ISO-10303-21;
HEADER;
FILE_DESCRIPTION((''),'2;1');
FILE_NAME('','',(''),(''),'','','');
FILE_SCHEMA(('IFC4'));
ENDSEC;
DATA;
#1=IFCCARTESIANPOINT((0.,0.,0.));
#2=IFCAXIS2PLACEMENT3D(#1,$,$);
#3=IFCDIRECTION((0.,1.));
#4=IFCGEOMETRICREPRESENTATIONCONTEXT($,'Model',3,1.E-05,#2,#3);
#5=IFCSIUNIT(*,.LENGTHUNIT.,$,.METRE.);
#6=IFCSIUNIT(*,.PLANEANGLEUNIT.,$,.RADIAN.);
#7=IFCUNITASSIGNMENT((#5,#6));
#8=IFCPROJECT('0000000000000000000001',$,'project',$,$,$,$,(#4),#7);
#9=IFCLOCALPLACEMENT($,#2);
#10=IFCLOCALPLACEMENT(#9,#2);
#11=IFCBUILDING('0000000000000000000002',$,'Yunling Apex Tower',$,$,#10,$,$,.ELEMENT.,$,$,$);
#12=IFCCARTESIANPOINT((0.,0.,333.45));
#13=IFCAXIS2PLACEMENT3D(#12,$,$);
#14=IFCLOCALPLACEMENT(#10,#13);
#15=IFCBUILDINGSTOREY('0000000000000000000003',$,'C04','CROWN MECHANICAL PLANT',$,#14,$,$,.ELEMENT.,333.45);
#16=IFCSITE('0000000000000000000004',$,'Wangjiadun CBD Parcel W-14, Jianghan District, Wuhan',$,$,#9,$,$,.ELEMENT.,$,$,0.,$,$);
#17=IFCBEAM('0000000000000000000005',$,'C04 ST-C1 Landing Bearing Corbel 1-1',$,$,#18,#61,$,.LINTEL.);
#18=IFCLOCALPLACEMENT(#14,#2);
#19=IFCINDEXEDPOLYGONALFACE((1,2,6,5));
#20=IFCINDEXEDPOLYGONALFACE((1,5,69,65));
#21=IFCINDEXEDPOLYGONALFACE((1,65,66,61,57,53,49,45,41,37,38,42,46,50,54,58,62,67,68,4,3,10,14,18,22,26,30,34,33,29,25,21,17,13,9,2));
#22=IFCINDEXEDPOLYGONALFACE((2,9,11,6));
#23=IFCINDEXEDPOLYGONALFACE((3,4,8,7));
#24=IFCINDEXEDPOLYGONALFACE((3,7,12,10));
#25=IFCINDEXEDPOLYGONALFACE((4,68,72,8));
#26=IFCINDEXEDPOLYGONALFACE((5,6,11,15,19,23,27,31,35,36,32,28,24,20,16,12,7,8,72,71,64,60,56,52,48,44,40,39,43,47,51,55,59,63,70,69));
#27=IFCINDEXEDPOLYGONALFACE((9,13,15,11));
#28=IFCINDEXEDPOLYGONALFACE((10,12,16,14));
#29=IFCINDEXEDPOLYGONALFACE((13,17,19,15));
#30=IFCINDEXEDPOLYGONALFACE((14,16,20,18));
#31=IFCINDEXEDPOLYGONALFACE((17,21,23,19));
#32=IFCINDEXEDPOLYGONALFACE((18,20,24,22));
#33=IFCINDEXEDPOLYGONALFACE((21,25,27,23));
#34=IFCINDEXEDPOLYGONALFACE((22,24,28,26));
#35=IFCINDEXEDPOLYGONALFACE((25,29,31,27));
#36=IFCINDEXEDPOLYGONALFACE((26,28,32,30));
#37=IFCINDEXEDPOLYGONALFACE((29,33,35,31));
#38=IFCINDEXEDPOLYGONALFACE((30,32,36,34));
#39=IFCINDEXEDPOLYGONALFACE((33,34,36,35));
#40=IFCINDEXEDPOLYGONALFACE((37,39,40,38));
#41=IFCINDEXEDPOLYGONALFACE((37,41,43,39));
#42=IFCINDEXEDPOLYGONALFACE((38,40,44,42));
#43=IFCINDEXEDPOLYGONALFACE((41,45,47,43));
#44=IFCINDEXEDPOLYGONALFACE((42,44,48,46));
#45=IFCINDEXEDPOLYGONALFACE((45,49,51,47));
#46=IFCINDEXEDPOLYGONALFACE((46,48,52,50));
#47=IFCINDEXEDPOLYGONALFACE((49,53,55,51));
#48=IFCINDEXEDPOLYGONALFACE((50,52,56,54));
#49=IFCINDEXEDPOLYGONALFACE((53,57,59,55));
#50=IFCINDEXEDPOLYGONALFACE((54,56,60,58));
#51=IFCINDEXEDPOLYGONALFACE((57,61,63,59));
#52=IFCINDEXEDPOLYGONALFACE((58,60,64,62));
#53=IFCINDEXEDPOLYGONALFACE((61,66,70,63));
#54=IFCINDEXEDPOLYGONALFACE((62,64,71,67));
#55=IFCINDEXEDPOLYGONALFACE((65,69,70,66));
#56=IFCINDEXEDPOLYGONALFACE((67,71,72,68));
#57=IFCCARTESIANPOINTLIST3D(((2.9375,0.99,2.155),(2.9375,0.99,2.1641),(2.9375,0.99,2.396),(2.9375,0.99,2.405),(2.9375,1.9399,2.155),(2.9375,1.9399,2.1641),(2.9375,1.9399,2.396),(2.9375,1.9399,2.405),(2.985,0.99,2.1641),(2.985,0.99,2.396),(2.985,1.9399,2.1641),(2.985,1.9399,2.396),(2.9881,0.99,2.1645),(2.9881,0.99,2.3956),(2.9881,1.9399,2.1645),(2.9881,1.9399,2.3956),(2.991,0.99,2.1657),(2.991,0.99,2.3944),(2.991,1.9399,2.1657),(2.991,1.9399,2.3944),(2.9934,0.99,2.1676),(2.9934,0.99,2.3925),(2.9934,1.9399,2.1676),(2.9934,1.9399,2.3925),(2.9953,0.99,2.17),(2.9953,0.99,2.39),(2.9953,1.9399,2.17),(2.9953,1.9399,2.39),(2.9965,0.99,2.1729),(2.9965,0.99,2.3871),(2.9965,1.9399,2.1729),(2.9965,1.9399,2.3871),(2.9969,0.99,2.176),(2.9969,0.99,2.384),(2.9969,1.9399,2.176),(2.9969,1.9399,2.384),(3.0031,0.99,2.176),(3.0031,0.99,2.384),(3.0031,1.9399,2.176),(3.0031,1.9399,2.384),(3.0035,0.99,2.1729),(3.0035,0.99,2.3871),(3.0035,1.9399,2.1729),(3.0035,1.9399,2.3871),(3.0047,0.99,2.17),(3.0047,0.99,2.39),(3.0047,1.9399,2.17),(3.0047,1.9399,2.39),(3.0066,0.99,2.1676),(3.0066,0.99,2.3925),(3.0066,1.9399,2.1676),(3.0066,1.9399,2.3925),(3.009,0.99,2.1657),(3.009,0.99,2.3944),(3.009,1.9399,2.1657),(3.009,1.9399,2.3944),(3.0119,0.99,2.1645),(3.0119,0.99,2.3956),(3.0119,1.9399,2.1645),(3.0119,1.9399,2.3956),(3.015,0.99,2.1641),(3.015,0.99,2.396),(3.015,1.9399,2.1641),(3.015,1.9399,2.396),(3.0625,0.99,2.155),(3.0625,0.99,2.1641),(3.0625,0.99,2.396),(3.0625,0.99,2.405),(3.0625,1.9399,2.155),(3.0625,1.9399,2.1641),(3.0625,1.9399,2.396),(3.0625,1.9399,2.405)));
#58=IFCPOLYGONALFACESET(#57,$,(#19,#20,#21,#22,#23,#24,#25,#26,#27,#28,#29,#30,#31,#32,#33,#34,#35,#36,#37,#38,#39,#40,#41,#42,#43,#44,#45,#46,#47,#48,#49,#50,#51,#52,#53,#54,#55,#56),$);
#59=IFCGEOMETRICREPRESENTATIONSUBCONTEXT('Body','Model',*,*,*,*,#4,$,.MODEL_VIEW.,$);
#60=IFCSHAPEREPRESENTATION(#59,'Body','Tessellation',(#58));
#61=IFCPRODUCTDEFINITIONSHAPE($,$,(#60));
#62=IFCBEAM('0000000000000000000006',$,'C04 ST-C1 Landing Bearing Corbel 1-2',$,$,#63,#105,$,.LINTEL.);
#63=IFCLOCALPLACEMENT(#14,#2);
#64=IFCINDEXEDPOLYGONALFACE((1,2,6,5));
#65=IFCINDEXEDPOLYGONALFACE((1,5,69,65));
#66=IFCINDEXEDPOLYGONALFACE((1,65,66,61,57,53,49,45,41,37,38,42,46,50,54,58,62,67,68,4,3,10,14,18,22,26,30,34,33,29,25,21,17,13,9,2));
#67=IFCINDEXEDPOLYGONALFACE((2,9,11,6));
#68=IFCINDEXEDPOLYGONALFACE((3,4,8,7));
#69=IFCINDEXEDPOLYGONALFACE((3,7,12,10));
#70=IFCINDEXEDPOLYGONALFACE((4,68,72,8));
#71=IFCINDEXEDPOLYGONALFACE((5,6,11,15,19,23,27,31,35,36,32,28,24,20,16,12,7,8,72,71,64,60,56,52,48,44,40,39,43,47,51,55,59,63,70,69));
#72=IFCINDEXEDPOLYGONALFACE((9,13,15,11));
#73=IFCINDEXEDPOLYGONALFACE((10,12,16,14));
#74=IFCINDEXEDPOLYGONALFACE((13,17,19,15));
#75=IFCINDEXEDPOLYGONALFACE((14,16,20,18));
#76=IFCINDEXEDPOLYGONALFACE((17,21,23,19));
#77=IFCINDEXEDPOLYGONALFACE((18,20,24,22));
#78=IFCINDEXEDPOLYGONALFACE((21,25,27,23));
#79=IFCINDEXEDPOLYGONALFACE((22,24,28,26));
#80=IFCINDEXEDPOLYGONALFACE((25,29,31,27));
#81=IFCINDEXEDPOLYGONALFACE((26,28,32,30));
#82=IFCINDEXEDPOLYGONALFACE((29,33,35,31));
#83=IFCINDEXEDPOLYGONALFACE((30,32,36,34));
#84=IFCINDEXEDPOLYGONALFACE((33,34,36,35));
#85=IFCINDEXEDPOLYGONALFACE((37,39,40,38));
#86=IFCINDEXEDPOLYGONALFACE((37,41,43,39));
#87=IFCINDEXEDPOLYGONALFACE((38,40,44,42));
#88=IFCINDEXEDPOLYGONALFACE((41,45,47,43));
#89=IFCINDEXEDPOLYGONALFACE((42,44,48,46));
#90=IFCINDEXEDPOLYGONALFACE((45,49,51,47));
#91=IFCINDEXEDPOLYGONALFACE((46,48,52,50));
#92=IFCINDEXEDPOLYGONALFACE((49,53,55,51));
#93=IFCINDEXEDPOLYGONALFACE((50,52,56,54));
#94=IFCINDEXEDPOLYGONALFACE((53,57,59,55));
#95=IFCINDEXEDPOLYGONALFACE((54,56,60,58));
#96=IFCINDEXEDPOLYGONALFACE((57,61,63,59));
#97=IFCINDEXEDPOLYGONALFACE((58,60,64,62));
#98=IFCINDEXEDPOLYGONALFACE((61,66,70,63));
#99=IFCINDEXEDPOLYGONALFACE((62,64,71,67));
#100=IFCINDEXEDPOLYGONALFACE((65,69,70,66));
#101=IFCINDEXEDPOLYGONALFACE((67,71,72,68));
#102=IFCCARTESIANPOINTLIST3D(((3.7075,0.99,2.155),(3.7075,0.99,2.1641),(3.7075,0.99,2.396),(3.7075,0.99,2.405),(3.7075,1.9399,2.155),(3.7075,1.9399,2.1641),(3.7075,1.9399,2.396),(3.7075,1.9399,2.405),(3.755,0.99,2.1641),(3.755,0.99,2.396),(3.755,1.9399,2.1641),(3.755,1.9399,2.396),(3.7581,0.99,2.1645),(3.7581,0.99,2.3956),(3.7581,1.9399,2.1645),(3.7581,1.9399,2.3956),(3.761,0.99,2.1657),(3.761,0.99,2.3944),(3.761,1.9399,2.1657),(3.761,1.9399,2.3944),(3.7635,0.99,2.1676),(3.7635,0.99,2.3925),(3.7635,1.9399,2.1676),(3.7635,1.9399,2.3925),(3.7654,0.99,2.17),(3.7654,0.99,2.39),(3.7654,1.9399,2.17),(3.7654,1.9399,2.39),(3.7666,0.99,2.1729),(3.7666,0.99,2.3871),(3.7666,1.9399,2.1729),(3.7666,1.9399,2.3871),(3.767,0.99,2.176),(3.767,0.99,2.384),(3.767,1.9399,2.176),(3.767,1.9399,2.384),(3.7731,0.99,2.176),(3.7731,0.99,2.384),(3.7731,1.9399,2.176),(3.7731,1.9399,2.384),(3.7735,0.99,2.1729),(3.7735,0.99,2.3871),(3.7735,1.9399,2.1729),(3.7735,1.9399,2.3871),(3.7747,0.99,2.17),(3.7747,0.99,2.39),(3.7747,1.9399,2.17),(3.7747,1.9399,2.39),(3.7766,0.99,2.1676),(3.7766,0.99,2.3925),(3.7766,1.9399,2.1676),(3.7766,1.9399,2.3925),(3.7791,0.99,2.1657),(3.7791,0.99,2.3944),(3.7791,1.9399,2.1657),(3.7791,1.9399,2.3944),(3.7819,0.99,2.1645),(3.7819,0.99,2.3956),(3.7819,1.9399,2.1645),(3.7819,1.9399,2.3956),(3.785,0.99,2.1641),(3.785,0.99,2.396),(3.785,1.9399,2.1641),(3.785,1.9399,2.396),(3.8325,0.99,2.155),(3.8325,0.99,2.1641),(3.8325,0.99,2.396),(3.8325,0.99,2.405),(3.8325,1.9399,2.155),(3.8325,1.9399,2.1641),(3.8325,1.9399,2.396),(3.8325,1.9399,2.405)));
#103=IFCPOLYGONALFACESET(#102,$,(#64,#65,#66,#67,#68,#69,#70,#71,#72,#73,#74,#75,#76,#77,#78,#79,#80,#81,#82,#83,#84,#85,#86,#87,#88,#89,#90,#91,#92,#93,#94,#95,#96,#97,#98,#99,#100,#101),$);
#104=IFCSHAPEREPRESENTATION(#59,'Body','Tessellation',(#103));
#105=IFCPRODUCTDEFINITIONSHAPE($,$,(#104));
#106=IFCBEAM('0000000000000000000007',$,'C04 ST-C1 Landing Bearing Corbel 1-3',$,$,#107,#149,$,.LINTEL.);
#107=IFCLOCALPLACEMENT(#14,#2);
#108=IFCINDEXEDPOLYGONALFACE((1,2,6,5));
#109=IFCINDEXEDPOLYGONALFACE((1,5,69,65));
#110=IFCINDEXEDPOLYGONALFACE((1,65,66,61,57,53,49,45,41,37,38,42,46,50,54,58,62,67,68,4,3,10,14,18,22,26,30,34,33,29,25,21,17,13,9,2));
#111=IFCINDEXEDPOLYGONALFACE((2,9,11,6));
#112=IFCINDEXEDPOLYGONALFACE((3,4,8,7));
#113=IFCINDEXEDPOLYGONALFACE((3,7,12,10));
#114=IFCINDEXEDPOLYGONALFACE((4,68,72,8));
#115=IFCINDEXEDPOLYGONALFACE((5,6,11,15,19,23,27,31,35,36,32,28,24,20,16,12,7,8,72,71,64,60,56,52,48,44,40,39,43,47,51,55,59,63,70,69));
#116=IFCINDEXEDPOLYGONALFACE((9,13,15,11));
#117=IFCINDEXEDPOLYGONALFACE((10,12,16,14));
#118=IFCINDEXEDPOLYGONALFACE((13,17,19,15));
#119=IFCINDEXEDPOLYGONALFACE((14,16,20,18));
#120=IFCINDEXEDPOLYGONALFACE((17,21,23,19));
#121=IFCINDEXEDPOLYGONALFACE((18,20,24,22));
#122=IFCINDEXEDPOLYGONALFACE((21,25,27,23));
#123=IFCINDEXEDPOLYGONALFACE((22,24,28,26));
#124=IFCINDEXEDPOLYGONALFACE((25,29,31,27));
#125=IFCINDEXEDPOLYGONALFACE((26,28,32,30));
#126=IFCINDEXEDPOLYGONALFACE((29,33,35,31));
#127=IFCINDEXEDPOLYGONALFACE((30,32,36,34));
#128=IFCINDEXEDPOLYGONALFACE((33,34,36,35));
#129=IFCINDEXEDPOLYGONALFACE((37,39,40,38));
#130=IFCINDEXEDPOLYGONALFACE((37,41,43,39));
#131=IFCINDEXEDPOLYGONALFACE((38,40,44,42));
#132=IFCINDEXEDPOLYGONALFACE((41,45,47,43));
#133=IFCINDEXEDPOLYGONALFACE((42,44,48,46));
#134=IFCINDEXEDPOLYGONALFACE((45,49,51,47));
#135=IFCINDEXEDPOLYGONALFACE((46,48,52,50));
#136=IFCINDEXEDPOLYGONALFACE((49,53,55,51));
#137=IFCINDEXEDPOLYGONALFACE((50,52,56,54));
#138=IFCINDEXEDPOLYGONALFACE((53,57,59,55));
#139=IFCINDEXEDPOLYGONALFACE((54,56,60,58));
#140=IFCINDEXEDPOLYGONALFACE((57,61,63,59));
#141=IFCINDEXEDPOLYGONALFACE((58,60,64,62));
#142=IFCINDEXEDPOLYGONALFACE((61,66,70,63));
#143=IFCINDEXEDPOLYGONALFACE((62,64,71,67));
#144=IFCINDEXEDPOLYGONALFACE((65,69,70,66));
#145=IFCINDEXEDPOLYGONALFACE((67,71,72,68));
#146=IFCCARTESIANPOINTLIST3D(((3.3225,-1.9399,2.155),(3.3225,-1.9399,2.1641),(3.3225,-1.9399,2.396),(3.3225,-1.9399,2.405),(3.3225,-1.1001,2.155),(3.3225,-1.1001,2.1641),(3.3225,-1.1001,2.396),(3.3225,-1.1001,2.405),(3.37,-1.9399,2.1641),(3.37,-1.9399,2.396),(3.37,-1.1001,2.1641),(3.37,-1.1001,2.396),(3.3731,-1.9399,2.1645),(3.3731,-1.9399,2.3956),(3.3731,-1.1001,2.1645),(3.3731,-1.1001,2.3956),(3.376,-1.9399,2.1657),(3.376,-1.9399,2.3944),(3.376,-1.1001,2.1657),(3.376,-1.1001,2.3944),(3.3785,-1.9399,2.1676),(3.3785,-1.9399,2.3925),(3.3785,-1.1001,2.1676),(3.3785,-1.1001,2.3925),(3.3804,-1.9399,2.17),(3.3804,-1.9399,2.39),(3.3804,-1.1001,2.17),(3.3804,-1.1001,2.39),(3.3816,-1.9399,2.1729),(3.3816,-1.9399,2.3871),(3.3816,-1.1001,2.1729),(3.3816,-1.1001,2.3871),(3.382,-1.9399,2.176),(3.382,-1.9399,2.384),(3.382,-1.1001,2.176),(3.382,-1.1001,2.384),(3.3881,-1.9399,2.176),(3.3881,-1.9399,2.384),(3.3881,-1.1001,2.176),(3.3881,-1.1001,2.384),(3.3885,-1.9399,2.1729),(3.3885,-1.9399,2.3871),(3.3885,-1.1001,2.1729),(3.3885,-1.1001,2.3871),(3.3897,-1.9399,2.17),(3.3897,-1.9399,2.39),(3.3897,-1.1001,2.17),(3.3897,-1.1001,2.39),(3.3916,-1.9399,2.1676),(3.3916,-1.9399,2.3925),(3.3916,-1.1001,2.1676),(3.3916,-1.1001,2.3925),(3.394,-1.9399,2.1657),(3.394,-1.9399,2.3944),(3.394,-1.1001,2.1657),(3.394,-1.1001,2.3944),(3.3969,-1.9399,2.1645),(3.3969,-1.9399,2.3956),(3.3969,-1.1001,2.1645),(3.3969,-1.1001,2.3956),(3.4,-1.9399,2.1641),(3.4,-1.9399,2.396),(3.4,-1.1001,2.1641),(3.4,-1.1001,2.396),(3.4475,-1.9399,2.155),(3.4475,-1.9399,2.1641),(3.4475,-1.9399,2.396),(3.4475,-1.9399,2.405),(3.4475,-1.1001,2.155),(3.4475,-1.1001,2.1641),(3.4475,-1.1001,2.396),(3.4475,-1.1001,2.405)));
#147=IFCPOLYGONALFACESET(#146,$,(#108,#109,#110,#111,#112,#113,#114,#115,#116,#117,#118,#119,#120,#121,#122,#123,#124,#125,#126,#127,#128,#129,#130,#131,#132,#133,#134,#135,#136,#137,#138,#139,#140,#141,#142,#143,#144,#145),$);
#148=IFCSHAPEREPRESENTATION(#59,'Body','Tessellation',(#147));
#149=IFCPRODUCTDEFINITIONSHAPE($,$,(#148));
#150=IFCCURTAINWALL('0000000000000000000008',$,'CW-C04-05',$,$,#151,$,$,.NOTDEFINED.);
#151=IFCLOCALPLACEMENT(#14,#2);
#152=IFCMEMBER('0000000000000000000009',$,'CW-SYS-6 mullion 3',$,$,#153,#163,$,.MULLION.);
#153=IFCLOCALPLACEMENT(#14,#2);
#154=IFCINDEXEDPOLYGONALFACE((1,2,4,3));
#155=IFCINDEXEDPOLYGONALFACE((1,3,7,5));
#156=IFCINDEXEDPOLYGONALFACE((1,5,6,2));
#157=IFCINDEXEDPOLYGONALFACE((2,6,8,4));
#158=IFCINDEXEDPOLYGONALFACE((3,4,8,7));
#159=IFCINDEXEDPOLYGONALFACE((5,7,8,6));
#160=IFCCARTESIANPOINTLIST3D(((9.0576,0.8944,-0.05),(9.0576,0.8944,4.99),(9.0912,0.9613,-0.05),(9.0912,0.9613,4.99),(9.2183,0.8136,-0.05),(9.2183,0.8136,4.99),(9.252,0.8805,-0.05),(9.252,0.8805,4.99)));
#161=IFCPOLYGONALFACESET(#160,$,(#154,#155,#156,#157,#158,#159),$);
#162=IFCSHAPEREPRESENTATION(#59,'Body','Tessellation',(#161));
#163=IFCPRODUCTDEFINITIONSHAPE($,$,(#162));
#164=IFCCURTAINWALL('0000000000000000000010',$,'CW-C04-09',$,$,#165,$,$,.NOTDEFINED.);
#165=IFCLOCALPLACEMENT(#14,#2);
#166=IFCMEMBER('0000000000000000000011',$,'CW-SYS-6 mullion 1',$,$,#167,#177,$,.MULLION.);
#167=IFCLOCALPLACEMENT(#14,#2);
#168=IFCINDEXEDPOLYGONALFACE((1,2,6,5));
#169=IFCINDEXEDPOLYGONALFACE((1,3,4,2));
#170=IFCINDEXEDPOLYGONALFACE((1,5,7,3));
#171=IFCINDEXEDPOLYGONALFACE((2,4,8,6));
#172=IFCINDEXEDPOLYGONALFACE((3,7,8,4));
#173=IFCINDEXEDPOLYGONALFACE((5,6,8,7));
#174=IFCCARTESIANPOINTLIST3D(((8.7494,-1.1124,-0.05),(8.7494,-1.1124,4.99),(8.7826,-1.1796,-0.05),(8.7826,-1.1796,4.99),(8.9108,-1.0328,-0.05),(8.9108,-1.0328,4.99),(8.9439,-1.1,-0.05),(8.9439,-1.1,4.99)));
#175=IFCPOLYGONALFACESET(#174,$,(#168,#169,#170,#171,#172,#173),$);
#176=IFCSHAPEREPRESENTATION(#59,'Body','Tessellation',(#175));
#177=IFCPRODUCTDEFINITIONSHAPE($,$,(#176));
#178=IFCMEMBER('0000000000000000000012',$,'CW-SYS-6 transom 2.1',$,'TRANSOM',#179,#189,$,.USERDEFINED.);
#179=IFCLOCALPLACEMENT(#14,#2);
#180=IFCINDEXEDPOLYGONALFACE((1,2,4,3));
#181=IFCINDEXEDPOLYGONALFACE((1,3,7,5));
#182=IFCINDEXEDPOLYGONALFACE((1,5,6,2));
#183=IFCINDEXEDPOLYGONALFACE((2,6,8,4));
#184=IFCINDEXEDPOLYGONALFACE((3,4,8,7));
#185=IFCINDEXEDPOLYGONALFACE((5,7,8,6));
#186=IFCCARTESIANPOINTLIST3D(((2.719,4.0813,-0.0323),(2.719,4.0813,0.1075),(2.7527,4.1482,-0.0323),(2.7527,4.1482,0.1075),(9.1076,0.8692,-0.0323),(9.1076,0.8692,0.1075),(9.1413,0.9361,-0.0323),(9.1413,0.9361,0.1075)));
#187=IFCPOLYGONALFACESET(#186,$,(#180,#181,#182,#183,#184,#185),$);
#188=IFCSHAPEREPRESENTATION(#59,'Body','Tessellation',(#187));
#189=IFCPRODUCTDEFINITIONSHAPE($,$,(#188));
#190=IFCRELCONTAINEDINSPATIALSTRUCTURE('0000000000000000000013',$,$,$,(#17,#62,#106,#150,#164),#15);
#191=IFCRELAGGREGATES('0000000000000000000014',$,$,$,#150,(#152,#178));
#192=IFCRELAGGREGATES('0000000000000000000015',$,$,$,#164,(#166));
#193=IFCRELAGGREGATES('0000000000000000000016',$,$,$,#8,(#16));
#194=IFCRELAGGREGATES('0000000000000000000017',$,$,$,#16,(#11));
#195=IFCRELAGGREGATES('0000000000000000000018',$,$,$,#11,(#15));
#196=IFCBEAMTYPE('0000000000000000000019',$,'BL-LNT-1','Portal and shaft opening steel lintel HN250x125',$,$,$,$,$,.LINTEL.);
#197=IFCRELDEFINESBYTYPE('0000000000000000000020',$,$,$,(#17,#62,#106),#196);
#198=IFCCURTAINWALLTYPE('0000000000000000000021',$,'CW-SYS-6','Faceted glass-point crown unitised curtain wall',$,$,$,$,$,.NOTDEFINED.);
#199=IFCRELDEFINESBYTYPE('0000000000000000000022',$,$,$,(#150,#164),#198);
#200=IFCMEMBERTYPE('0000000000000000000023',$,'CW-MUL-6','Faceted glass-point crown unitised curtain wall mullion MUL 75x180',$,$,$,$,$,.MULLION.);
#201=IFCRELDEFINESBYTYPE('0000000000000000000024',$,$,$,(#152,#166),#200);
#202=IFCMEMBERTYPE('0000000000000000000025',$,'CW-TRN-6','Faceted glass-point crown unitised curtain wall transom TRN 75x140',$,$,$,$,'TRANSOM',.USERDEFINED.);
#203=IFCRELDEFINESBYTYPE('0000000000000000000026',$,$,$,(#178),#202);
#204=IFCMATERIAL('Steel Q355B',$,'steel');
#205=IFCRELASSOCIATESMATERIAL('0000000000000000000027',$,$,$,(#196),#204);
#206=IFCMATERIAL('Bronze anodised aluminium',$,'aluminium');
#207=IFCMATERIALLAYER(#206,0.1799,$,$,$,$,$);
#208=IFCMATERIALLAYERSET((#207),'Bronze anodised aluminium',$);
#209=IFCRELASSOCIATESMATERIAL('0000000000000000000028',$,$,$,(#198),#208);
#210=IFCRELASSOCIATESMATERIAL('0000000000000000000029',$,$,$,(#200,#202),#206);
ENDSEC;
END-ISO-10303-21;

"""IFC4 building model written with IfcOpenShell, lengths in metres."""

from ifc_helpers import new_model, si_unit, direction, frame, origin, origin_2d, place, context, subcontext, project, spatial, rectangle, i_section, extrude, source, transform, mapped, material, layer, layer_set, material_profile, profile_set, type_object, element, aggregate, save


model = new_model("IFC4")

# Units and contexts
model_context = context("Model", 3, precision=1e-05, world=origin(), true_north=direction((0.0, 1.0)))
body_context = subcontext(model_context, "Body", "Model", "MODEL_VIEW")
ifc_project = project(units=[si_unit("LENGTHUNIT", "METRE"), si_unit("PLANEANGLEUNIT", "RADIAN")], contexts=[model_context])

# Site, building, storey
site_placement = place(None, origin())
site = spatial("IfcSite", under=ifc_project, at=site_placement, Name="Wangjiadun CBD Parcel W-14, Jianghan District, Wuhan", CompositionType="ELEMENT", RefElevation=0.0)
building_placement = place(site_placement, origin())
building = spatial("IfcBuilding", under=site, at=building_placement, Name="Yunling Apex Tower", CompositionType="ELEMENT")
storey_placement = place(building_placement, frame((0.0, 0.0, 333.45)))
storey = spatial("IfcBuildingStorey", under=building, at=storey_placement, Name="C04", Description="CROWN MECHANICAL PLANT", CompositionType="ELEMENT", Elevation=333.45)

# Beams
ifc_material_1 = material(Name="Steel Q355B", Category="steel")
ifc_material_profile_1 = material_profile(ifc_material_1, i_section(OverallWidth=0.125, OverallDepth=0.25, WebThickness=0.0061, FlangeThickness=0.009, FilletRadius=0.012, at=origin_2d()))
ifc_profile_set_1 = profile_set([ifc_material_profile_1], Name="Steel Q355B")
beam_type = type_object("IfcBeamType", Name="BL-LNT-1", Description="Portal and shaft opening steel lintel HN250x125", PredefinedType="LINTEL", material=ifc_profile_set_1)
shared_shape_1 = source(origin(), body_context, "Body", "SweptSolid", [
    extrude(i_section(OverallWidth=0.125, OverallDepth=0.25, WebThickness=0.0061, FlangeThickness=0.009, FilletRadius=0.012, at=origin_2d()), origin(), (0.0, 0.0, 1.0), 0.95),
])
for number, where, z_axis, x_axis, name in (
    (1, (3.0, 1.9399, 2.28), (0.0, -1.0, 0.0), (1.0, 0.0, 0.0), "C04 ST-C1 Landing Bearing Corbel 1-1"),
    (2, (3.77, 1.9399, 2.28), (0.0, -1.0, 0.0), (1.0, 0.0, 0.0), "C04 ST-C1 Landing Bearing Corbel 1-2"),
):
    element("IfcBeam", number, at=place(storey_placement, frame(where, z_axis=z_axis, x_axis=x_axis)), inside=storey, type_object=beam_type, Name=name, PredefinedType="LINTEL", context=body_context, shape_type="MappedRepresentation", body=[
        mapped(shared_shape_1, transform((0.0, 0.0, 0.0), scale=1.0)),
    ])
shared_shape_2 = source(origin(), body_context, "Body", "SweptSolid", [
    extrude(i_section(OverallWidth=0.125, OverallDepth=0.25, WebThickness=0.0061, FlangeThickness=0.009, FilletRadius=0.012, at=origin_2d()), origin(), (0.0, 0.0, 1.0), 0.8398),
])
beam_placement = place(storey_placement, frame((3.385, -1.9399, 2.28), z_axis=(0.0, 1.0, 0.0), x_axis=(-1.0, 0.0, 0.0)))
element("IfcBeam", 3, at=beam_placement, inside=storey, type_object=beam_type, Name="C04 ST-C1 Landing Bearing Corbel 1-3", PredefinedType="LINTEL", context=body_context, shape_type="MappedRepresentation", body=[
    mapped(shared_shape_2, transform((0.0, 0.0, 0.0), scale=1.0)),
])

# Curtain walls, members
ifc_material_2 = material(Name="Bronze anodised aluminium", Category="aluminium")
ifc_layer_1 = layer(ifc_material_2, 0.1799)
ifc_layer_set_1 = layer_set([ifc_layer_1], Name="Bronze anodised aluminium")
curtain_wall_type = type_object("IfcCurtainWallType", Name="CW-SYS-6", Description="Faceted glass-point crown unitised curtain wall", PredefinedType="NOTDEFINED", material=ifc_layer_set_1)
curtain_wall_1_placement = place(storey_placement, origin())
curtain_wall_1 = element("IfcCurtainWall", 4, at=curtain_wall_1_placement, inside=storey, type_object=curtain_wall_type, Name="CW-C04-05", PredefinedType="NOTDEFINED")
ifc_material_profile_2 = material_profile(ifc_material_2, rectangle(XDim=0.075, YDim=0.1799, at=origin_2d()))
ifc_profile_set_2 = profile_set([ifc_material_profile_2], Name="Bronze anodised aluminium")
member_type_1 = type_object("IfcMemberType", Name="CW-MUL-6", Description="Faceted glass-point crown unitised curtain wall mullion MUL 75x180", PredefinedType="MULLION", material=ifc_profile_set_2)
shared_shape_3 = source(origin(), body_context, "Body", "SweptSolid", [
    extrude(rectangle(XDim=0.075, YDim=0.1799, at=origin_2d()), origin(), (0.0, 0.0, 1.0), 5.04),
])
member_1_placement = place(storey_placement, frame((9.1548, 0.8875, -0.05), z_axis=(0.0, 0.0, 1.0), x_axis=(0.449197, 0.893433, 0.0)))
member_1 = element("IfcMember", 5, at=member_1_placement, type_object=member_type_1, Name="CW-SYS-6 mullion 3", PredefinedType="MULLION", context=body_context, shape_type="MappedRepresentation", body=[
    mapped(shared_shape_3, transform((0.0, 0.0, 0.0), scale=1.0)),
])
curtain_wall_2_placement = place(storey_placement, origin())
curtain_wall_2 = element("IfcCurtainWall", 6, at=curtain_wall_2_placement, inside=storey, type_object=curtain_wall_type, Name="CW-C04-09", PredefinedType="NOTDEFINED")
member_2_placement = place(storey_placement, frame((8.8467, -1.1062, -0.05), z_axis=(0.0, 0.0, 1.0), x_axis=(0.442517, -0.89676, 0.0)))
member_2 = element("IfcMember", 7, at=member_2_placement, type_object=member_type_1, Name="CW-SYS-6 mullion 1", PredefinedType="MULLION", context=body_context, shape_type="MappedRepresentation", body=[
    mapped(shared_shape_3, transform((0.0, 0.0, 0.0), scale=1.0)),
])

# Member
ifc_material_profile_3 = material_profile(ifc_material_2, rectangle(XDim=0.075, YDim=0.1399, at=origin_2d()))
ifc_profile_set_3 = profile_set([ifc_material_profile_3], Name="Bronze anodised aluminium")
member_type_2 = type_object("IfcMemberType", Name="CW-TRN-6", Description="Faceted glass-point crown unitised curtain wall transom TRN 75x140", ElementType="TRANSOM", PredefinedType="USERDEFINED", material=ifc_profile_set_3)
shared_shape_4 = source(origin(), body_context, "Body", "SweptSolid", [
    extrude(rectangle(XDim=0.075, YDim=0.1399, at=origin_2d()), origin(), (0.0, 0.0, 1.0), 7.1506),
])
member_3_placement = place(storey_placement, frame((2.7358, 4.1147, 0.0376), z_axis=(0.893428, -0.449206, 0.0), x_axis=(0.449206, 0.893428, 0.0)))
member_3 = element("IfcMember", 8, at=member_3_placement, type_object=member_type_2, Name="CW-SYS-6 transom 2.1", ObjectType="TRANSOM", PredefinedType="USERDEFINED", context=body_context, shape_type="MappedRepresentation", body=[
    mapped(shared_shape_4, transform((0.0, 0.0, 0.0), scale=1.0)),
])

aggregate(curtain_wall_1, [member_1, member_3])
aggregate(curtain_wall_2, [member_2])

save(model, "model.ifc")
